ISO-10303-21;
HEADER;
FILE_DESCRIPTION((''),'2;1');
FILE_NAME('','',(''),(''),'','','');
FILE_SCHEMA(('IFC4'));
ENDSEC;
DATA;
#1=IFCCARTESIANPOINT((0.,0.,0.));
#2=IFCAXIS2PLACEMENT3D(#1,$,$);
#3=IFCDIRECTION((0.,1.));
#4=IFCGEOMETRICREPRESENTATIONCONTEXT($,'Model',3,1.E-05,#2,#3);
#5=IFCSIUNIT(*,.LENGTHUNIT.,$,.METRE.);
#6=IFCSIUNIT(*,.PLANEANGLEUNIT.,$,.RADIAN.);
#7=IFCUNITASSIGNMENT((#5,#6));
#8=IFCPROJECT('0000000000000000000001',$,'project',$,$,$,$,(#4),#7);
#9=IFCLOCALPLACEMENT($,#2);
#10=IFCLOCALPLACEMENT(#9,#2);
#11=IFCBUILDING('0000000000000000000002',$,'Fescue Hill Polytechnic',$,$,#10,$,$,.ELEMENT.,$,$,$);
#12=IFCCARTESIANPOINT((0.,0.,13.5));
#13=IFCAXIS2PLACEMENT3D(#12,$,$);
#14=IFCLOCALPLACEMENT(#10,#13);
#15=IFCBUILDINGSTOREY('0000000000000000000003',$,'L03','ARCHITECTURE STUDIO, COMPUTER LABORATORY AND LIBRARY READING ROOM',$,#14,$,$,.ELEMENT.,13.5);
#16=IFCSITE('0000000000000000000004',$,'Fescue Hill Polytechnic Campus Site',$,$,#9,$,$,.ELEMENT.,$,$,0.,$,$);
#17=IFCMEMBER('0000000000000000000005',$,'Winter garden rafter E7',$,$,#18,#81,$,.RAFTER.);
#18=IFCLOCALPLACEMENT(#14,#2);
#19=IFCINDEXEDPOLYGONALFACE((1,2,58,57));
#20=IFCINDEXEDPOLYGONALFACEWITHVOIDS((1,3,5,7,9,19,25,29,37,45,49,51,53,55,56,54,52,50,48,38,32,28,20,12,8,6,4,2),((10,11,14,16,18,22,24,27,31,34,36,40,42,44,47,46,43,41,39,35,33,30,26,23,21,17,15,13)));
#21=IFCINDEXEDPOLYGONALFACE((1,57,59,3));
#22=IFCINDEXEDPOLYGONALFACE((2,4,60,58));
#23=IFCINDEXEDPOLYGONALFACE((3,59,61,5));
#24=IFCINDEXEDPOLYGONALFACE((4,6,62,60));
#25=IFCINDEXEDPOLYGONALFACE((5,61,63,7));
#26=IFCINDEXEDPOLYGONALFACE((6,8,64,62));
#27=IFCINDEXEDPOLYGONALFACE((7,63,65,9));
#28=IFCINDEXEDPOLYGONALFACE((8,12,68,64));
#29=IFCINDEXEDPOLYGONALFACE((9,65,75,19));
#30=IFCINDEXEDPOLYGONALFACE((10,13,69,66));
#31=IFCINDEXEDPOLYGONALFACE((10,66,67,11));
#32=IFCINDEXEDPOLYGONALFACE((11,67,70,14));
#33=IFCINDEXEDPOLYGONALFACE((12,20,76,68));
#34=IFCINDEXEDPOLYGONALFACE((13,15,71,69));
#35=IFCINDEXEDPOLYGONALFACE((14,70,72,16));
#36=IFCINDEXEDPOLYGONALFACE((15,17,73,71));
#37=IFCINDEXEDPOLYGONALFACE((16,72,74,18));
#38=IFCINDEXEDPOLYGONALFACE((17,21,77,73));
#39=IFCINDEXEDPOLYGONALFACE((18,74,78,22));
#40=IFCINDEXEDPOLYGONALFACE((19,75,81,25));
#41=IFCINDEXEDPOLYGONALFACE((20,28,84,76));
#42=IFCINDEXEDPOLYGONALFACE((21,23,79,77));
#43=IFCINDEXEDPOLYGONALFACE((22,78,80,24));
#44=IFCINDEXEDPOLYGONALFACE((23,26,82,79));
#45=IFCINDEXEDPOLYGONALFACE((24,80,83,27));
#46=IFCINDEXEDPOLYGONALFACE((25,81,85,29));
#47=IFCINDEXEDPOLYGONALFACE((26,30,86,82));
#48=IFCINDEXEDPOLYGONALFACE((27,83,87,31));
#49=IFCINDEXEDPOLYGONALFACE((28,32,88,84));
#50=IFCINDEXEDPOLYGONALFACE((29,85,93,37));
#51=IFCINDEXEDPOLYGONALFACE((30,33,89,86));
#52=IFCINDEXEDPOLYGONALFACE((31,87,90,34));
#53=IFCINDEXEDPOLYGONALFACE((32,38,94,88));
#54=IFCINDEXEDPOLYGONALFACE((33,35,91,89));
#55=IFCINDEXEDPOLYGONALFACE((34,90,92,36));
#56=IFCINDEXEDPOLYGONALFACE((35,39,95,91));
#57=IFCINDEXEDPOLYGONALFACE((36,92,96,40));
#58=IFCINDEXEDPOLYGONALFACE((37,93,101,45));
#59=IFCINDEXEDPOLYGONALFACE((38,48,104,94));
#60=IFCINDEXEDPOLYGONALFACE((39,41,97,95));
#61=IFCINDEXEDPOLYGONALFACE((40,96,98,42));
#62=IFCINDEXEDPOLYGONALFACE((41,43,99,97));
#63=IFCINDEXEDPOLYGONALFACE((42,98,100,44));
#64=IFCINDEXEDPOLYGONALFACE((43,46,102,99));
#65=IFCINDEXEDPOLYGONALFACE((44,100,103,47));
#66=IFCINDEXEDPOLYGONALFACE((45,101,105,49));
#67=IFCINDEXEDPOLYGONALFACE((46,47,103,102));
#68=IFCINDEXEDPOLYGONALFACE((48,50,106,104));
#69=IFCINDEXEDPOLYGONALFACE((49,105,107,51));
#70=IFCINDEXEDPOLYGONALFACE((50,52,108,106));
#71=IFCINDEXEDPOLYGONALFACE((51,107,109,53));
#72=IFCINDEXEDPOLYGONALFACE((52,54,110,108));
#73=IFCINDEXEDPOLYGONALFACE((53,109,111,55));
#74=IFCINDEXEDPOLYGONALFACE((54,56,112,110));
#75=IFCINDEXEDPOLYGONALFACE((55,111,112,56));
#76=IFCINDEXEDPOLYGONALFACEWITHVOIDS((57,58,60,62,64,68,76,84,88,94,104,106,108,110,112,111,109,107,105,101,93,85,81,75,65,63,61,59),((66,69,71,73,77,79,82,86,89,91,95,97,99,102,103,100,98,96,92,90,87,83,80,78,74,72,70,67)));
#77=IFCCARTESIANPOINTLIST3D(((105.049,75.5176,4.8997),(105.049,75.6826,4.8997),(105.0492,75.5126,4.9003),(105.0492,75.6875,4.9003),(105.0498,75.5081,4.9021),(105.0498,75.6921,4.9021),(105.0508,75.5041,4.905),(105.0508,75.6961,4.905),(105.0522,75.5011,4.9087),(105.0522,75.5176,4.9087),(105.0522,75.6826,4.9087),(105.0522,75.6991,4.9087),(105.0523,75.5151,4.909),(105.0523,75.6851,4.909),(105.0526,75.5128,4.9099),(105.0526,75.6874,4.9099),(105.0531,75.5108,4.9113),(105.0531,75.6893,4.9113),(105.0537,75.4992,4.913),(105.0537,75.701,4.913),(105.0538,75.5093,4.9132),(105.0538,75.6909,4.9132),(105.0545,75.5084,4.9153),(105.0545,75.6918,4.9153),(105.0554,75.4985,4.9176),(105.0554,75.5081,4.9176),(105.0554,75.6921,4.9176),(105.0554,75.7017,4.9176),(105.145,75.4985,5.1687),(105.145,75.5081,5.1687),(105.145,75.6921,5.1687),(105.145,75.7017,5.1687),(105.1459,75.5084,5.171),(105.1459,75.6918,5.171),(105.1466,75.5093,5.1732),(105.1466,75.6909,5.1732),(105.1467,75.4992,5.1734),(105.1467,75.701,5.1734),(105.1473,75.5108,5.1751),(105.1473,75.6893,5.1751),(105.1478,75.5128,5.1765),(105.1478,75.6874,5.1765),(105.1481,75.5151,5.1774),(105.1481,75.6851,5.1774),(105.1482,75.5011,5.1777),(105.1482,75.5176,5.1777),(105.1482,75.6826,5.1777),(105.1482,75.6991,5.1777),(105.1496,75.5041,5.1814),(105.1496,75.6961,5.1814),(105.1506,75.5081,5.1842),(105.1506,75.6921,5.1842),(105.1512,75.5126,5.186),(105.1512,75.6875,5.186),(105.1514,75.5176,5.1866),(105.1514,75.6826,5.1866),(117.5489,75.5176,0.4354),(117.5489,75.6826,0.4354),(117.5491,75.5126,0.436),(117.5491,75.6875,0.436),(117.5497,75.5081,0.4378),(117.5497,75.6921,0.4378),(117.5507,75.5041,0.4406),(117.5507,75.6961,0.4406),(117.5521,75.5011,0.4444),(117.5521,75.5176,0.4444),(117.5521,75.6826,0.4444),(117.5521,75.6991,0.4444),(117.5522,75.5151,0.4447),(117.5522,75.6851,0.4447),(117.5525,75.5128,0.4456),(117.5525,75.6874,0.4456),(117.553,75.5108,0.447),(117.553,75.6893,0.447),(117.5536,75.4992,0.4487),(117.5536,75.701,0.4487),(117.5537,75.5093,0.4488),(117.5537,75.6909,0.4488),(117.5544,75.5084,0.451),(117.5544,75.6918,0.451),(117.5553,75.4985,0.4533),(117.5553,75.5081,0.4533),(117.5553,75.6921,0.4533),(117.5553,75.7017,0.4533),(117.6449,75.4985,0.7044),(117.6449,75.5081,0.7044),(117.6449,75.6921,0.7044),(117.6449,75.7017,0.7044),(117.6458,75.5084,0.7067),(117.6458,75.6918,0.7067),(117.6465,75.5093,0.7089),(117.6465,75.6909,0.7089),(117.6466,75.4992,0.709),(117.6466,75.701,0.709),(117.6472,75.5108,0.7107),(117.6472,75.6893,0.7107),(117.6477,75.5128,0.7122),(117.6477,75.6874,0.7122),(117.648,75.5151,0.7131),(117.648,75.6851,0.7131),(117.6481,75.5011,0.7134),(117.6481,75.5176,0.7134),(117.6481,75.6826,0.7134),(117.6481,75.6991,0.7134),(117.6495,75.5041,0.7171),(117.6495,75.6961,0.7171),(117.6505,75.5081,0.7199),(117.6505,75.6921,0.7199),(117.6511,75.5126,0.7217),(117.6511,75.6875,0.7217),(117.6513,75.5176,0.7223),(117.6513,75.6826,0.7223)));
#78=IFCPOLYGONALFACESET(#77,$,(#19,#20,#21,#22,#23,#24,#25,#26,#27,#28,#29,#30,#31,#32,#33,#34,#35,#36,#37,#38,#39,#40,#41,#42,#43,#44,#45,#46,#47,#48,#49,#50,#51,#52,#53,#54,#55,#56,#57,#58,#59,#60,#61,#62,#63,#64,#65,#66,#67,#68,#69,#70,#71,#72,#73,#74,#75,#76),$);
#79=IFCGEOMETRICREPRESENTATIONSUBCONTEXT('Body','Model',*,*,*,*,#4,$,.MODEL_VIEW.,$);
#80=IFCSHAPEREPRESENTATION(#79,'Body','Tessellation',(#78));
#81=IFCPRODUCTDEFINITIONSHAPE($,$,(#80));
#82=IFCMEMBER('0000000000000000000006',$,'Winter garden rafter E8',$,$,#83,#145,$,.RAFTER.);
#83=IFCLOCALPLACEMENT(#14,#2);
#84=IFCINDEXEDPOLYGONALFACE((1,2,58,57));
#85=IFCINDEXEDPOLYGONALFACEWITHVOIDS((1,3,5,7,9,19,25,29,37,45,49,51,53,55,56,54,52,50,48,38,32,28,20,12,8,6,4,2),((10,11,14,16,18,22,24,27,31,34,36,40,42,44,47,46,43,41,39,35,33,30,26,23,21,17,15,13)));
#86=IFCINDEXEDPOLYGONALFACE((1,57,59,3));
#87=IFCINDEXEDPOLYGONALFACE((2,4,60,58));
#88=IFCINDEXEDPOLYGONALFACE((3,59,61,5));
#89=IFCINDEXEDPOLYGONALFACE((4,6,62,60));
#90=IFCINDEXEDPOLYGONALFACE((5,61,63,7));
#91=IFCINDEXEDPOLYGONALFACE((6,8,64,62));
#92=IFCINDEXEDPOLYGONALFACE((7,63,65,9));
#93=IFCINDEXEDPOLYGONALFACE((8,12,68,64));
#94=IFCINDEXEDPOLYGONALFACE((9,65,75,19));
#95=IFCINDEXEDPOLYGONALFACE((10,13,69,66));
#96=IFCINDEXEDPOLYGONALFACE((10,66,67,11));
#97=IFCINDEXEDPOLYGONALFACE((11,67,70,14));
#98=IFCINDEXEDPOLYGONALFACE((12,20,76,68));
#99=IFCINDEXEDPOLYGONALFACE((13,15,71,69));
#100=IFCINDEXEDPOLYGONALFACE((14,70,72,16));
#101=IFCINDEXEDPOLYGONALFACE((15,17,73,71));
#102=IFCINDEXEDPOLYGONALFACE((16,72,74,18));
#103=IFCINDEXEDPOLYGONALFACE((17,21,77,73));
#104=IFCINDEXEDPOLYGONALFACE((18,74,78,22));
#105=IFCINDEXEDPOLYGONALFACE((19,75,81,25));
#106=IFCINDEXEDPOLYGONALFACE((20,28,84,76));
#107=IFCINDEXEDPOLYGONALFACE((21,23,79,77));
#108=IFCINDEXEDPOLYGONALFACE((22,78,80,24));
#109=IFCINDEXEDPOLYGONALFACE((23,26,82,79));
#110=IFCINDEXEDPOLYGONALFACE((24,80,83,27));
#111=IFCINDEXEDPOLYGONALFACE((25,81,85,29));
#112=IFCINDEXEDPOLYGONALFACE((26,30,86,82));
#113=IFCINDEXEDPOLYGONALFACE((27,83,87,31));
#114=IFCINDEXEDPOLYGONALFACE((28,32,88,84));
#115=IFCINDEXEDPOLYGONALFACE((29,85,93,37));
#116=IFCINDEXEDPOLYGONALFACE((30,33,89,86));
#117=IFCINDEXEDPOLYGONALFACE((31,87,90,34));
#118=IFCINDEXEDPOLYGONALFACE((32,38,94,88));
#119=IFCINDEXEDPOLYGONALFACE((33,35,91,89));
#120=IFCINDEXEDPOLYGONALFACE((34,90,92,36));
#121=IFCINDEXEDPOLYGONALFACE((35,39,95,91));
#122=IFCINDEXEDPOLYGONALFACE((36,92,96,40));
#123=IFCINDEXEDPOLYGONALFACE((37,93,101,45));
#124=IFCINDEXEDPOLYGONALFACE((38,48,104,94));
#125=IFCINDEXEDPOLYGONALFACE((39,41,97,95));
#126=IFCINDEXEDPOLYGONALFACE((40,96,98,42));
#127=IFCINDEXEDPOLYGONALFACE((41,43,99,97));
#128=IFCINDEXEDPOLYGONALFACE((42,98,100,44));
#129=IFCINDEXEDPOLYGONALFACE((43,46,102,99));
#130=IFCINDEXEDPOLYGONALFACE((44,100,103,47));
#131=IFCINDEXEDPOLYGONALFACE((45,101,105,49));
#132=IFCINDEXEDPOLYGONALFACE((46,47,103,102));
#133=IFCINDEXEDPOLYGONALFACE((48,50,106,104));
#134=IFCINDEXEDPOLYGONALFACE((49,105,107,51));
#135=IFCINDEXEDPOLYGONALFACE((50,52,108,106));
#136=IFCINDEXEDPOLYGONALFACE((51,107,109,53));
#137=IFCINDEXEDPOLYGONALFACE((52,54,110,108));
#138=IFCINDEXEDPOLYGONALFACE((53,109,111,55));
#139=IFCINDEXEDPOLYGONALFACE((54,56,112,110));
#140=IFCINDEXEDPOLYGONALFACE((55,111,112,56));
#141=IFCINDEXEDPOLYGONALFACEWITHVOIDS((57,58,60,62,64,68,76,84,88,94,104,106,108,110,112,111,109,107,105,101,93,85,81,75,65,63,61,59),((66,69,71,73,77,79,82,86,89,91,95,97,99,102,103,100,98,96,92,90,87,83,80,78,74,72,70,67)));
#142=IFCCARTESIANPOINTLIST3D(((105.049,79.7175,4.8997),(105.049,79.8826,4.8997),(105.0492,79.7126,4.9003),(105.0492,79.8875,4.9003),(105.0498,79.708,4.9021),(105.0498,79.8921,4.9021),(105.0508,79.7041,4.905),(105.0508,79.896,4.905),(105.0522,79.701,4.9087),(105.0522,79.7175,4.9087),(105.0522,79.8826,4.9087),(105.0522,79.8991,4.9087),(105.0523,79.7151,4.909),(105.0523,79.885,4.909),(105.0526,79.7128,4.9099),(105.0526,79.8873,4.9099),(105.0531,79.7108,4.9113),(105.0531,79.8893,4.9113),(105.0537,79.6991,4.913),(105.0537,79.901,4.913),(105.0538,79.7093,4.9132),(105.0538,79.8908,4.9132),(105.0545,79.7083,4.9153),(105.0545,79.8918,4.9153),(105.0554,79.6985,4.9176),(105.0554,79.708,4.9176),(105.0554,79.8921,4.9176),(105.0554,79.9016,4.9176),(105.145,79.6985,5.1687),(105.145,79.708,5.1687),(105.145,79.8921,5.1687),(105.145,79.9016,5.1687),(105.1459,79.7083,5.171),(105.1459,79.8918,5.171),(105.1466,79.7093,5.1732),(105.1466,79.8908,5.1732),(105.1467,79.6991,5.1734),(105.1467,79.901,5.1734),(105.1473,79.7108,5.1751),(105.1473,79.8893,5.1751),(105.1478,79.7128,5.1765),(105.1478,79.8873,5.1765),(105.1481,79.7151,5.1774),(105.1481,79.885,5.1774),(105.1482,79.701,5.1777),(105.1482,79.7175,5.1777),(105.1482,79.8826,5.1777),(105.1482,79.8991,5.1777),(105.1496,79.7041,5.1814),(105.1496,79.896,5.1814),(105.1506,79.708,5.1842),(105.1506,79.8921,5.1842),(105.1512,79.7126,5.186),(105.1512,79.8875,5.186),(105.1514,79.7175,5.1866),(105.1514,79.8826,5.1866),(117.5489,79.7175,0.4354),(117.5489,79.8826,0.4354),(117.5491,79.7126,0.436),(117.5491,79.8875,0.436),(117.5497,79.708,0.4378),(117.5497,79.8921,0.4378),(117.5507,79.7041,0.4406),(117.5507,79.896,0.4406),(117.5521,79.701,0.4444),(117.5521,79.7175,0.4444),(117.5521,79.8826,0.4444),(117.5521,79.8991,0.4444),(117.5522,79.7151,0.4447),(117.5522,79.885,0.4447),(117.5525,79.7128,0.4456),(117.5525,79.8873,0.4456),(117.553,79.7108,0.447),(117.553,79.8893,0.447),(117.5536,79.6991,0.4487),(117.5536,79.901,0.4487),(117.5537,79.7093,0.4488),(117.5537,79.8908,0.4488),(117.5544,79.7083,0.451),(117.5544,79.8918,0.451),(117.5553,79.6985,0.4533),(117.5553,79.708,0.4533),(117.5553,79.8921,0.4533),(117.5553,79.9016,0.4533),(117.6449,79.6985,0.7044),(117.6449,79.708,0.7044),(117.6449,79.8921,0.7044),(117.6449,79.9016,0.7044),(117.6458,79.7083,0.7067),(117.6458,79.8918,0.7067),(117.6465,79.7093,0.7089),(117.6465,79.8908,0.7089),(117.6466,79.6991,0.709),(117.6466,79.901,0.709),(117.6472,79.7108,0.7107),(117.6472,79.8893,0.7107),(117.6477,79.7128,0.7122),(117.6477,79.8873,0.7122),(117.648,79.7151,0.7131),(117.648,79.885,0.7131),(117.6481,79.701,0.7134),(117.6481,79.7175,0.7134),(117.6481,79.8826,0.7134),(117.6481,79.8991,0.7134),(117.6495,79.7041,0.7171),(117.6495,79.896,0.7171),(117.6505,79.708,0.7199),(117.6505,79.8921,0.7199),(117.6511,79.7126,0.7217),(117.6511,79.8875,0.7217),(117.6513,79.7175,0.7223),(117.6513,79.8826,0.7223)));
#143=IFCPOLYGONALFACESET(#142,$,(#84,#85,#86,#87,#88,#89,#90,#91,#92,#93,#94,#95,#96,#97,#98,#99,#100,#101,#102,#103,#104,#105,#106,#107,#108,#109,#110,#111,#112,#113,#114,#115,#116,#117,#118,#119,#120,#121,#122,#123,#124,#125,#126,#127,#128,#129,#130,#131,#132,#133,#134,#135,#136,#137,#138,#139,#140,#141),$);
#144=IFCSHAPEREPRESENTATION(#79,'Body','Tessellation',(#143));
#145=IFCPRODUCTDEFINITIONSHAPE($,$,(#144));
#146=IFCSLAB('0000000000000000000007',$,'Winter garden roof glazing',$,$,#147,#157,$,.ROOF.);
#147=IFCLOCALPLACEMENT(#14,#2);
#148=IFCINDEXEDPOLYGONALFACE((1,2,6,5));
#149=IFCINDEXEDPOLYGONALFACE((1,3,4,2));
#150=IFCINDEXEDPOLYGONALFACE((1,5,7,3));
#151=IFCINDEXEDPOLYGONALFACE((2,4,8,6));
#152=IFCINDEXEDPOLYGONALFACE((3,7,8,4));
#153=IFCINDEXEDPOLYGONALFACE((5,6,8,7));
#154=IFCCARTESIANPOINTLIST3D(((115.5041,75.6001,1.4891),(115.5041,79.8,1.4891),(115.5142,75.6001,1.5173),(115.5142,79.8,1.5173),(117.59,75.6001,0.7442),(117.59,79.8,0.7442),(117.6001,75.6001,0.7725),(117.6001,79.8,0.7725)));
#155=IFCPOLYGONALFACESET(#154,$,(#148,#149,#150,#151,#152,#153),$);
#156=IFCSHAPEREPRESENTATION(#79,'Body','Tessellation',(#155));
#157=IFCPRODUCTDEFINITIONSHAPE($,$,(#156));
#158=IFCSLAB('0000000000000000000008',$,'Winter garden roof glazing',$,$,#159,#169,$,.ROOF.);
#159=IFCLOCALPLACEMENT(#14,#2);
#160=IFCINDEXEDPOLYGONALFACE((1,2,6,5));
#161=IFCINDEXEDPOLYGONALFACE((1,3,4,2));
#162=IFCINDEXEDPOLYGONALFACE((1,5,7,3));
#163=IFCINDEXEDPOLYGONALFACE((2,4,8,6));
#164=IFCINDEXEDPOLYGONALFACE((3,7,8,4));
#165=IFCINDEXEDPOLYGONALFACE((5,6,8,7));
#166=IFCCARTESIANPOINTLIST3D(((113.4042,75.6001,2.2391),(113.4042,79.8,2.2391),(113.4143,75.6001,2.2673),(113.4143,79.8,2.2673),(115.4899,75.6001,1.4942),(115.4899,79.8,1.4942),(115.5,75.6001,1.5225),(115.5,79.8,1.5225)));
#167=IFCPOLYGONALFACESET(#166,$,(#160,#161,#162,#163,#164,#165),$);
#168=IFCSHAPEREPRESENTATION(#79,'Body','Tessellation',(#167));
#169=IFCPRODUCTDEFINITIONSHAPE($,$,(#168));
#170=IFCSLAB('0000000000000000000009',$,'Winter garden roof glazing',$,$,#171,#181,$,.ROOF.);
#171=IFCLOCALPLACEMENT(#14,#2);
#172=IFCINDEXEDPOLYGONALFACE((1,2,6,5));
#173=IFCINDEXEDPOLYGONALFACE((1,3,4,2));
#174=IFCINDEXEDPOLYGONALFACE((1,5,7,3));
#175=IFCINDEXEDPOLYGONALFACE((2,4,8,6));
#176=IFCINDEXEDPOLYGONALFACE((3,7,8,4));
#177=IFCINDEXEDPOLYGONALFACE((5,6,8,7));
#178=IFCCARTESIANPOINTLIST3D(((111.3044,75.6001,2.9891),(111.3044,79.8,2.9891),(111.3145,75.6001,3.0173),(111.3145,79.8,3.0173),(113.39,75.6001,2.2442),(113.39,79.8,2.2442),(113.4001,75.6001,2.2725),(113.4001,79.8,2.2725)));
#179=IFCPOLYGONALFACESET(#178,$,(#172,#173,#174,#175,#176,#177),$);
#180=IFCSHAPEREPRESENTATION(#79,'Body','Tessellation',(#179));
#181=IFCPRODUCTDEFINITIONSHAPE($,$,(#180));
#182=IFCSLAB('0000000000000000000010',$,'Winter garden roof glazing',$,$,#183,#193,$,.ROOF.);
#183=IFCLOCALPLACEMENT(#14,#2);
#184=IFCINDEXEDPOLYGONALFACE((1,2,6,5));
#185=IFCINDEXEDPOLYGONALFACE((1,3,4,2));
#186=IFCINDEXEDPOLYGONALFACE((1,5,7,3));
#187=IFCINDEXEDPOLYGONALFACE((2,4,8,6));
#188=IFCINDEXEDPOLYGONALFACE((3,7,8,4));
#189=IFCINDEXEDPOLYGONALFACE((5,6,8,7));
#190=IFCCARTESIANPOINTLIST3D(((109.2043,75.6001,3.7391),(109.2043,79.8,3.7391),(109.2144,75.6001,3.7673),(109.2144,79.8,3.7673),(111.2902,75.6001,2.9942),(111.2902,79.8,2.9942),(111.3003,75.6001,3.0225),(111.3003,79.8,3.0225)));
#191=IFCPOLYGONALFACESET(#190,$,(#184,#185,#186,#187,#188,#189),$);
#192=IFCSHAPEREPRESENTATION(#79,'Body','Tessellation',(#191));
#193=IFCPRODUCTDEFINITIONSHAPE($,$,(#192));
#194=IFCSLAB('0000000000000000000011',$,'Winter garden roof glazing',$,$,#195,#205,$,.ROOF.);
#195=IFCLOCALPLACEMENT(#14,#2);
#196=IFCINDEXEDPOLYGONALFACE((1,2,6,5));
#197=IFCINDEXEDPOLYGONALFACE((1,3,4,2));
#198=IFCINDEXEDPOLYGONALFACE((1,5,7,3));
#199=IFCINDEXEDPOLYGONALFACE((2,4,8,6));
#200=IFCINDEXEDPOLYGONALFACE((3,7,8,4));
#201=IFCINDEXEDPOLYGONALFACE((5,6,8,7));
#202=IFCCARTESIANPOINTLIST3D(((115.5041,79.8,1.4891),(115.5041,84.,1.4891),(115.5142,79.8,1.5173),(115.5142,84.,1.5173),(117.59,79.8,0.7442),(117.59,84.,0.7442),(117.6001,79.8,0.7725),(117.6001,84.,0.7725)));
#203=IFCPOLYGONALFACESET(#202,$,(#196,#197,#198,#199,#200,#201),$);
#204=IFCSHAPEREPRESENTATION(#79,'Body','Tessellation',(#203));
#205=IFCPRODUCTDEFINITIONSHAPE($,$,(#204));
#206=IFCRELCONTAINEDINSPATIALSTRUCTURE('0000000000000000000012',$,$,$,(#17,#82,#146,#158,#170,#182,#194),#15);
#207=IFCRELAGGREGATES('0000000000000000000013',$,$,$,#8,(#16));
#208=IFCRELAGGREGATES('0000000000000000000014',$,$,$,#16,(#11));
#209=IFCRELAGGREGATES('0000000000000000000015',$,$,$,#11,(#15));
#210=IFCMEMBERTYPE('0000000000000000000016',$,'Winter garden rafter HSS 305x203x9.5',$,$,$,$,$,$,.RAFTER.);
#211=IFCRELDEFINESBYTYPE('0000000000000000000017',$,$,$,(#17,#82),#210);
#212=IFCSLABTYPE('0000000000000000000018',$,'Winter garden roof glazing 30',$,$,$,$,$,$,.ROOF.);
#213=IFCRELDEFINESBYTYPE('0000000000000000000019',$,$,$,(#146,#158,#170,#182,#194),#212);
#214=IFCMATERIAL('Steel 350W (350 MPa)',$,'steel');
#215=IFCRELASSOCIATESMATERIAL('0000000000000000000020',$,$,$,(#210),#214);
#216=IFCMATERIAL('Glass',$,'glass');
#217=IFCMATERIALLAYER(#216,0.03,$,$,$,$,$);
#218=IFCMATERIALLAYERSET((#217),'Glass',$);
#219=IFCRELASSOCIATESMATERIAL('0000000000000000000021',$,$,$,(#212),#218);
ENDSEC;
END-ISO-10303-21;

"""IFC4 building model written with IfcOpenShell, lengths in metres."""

from ifc_helpers import new_model, si_unit, direction, frame, origin, origin_2d, place, context, subcontext, project, spatial, polyline, hollow_rectangle, outline, extrude, material, layer, layer_set, material_profile, profile_set, type_object, element, save


model = new_model("IFC4")

# Units and contexts
model_context = context("Model", 3, precision=1e-05, world=origin(), true_north=direction((0.0, 1.0)))
body_context = subcontext(model_context, "Body", "Model", "MODEL_VIEW")
ifc_project = project(units=[si_unit("LENGTHUNIT", "METRE"), si_unit("PLANEANGLEUNIT", "RADIAN")], contexts=[model_context])

# Site, building, storey
site_placement = place(None, origin())
site = spatial("IfcSite", under=ifc_project, at=site_placement, Name="Fescue Hill Polytechnic Campus Site", CompositionType="ELEMENT", RefElevation=0.0)
building_placement = place(site_placement, origin())
building = spatial("IfcBuilding", under=site, at=building_placement, Name="Fescue Hill Polytechnic", CompositionType="ELEMENT")
storey_placement = place(building_placement, frame((0.0, 0.0, 13.5)))
storey = spatial("IfcBuildingStorey", under=building, at=storey_placement, Name="L03", Description="ARCHITECTURE STUDIO, COMPUTER LABORATORY AND LIBRARY READING ROOM", CompositionType="ELEMENT", Elevation=13.5)

# Members
ifc_material_1 = material(Name="Steel 350W (350 MPa)", Category="steel")
ifc_material_profile_1 = material_profile(ifc_material_1, hollow_rectangle(XDim=0.2031, YDim=0.3047, WallThickness=0.0095, InnerFilletRadius=0.0095, OuterFilletRadius=0.019, at=origin_2d()), Name="Winter garden rafter HSS 305x203x9.5")
ifc_profile_set_1 = profile_set([ifc_material_profile_1], Name="Steel 350W (350 MPa)")
member_type_1 = type_object("IfcMemberType", Name="Winter garden rafter HSS 305x203x9.5", PredefinedType="RAFTER", material=ifc_profile_set_1)
for number, where, z_axis, x_axis, name in (
    (1, (117.6001, 75.6001, 0.5789), (-0.94174, 0.0, 0.336341), (0.0, -1.0, 0.0), "Winter garden rafter E7"),
    (2, (117.6001, 79.8, 0.5789), (-0.94174, 0.0, 0.336341), (0.0, -1.0, 0.0), "Winter garden rafter E8"),
):
    element("IfcMember", number, at=place(storey_placement, frame(where, z_axis=z_axis, x_axis=x_axis)), inside=storey, type_object=member_type_1, Name=name, PredefinedType="RAFTER", context=body_context, shape_type="SweptSolid", body=[
        extrude(hollow_rectangle(XDim=0.2031, YDim=0.3047, WallThickness=0.0095, InnerFilletRadius=0.0095, OuterFilletRadius=0.019, at=origin_2d()), origin(), (0.0, 0.0, 1.0), 13.2732),
    ])

# Slabs
ifc_material_2 = material(Name="Glass", Category="glass")
ifc_layer_1 = layer(ifc_material_2, 0.03)
ifc_layer_set_1 = layer_set([ifc_layer_1], Name="Glass")
slab_type = type_object("IfcSlabType", Name="Winter garden roof glazing 30", PredefinedType="ROOF", material=ifc_layer_set_1)
slab_1_placement = place(storey_placement, frame((117.6001, 75.6001, 0.7725), z_axis=(0.336295, 0.0, 0.941757), x_axis=(0.0, 1.0, 0.0)))
element("IfcSlab", 3, at=slab_1_placement, inside=storey, type_object=slab_type, Name="Winter garden roof glazing", PredefinedType="ROOF", context=body_context, shape_type="SweptSolid", body=[
    extrude(outline(polyline([(0.0, 0.0), (4.2, 0.0), (4.2, 2.2149), (0.0, 2.2149), (0.0, 0.0)])), origin(), (0.0, 0.0, -1.0), 0.03),
])
for number, where, z_axis, x_axis, name in (
    (4, (115.5, 75.6001, 1.5225), (0.336329, 0.0, 0.941744), (0.0, 1.0, 0.0), "Winter garden roof glazing"),
    (5, (113.4001, 75.6001, 2.2725), (0.336329, 0.0, 0.941744), (0.0, 1.0, 0.0), "Winter garden roof glazing"),
):
    element("IfcSlab", number, at=place(storey_placement, frame(where, z_axis=z_axis, x_axis=x_axis)), inside=storey, type_object=slab_type, Name=name, PredefinedType="ROOF", context=body_context, shape_type="SweptSolid", body=[
        extrude(outline(polyline([(0.0, 0.0), (4.2, 0.0), (4.2, 2.2147), (0.0, 2.2147), (0.0, 0.0)])), origin(), (0.0, 0.0, -1.0), 0.03),
    ])
for number, where, z_axis, x_axis, name in (
    (6, (111.3003, 75.6001, 3.0225), (0.336295, 0.0, 0.941757), (0.0, 1.0, 0.0), "Winter garden roof glazing"),
    (7, (117.6001, 79.8, 0.7725), (0.336295, 0.0, 0.941757), (0.0, 1.0, 0.0), "Winter garden roof glazing"),
):
    element("IfcSlab", number, at=place(storey_placement, frame(where, z_axis=z_axis, x_axis=x_axis)), inside=storey, type_object=slab_type, Name=name, PredefinedType="ROOF", context=body_context, shape_type="SweptSolid", body=[
        extrude(outline(polyline([(0.0, 0.0), (4.2, 0.0), (4.2, 2.2149), (0.0, 2.2149), (0.0, 0.0)])), origin(), (0.0, 0.0, -1.0), 0.03),
    ])

save(model, "model.ifc")
